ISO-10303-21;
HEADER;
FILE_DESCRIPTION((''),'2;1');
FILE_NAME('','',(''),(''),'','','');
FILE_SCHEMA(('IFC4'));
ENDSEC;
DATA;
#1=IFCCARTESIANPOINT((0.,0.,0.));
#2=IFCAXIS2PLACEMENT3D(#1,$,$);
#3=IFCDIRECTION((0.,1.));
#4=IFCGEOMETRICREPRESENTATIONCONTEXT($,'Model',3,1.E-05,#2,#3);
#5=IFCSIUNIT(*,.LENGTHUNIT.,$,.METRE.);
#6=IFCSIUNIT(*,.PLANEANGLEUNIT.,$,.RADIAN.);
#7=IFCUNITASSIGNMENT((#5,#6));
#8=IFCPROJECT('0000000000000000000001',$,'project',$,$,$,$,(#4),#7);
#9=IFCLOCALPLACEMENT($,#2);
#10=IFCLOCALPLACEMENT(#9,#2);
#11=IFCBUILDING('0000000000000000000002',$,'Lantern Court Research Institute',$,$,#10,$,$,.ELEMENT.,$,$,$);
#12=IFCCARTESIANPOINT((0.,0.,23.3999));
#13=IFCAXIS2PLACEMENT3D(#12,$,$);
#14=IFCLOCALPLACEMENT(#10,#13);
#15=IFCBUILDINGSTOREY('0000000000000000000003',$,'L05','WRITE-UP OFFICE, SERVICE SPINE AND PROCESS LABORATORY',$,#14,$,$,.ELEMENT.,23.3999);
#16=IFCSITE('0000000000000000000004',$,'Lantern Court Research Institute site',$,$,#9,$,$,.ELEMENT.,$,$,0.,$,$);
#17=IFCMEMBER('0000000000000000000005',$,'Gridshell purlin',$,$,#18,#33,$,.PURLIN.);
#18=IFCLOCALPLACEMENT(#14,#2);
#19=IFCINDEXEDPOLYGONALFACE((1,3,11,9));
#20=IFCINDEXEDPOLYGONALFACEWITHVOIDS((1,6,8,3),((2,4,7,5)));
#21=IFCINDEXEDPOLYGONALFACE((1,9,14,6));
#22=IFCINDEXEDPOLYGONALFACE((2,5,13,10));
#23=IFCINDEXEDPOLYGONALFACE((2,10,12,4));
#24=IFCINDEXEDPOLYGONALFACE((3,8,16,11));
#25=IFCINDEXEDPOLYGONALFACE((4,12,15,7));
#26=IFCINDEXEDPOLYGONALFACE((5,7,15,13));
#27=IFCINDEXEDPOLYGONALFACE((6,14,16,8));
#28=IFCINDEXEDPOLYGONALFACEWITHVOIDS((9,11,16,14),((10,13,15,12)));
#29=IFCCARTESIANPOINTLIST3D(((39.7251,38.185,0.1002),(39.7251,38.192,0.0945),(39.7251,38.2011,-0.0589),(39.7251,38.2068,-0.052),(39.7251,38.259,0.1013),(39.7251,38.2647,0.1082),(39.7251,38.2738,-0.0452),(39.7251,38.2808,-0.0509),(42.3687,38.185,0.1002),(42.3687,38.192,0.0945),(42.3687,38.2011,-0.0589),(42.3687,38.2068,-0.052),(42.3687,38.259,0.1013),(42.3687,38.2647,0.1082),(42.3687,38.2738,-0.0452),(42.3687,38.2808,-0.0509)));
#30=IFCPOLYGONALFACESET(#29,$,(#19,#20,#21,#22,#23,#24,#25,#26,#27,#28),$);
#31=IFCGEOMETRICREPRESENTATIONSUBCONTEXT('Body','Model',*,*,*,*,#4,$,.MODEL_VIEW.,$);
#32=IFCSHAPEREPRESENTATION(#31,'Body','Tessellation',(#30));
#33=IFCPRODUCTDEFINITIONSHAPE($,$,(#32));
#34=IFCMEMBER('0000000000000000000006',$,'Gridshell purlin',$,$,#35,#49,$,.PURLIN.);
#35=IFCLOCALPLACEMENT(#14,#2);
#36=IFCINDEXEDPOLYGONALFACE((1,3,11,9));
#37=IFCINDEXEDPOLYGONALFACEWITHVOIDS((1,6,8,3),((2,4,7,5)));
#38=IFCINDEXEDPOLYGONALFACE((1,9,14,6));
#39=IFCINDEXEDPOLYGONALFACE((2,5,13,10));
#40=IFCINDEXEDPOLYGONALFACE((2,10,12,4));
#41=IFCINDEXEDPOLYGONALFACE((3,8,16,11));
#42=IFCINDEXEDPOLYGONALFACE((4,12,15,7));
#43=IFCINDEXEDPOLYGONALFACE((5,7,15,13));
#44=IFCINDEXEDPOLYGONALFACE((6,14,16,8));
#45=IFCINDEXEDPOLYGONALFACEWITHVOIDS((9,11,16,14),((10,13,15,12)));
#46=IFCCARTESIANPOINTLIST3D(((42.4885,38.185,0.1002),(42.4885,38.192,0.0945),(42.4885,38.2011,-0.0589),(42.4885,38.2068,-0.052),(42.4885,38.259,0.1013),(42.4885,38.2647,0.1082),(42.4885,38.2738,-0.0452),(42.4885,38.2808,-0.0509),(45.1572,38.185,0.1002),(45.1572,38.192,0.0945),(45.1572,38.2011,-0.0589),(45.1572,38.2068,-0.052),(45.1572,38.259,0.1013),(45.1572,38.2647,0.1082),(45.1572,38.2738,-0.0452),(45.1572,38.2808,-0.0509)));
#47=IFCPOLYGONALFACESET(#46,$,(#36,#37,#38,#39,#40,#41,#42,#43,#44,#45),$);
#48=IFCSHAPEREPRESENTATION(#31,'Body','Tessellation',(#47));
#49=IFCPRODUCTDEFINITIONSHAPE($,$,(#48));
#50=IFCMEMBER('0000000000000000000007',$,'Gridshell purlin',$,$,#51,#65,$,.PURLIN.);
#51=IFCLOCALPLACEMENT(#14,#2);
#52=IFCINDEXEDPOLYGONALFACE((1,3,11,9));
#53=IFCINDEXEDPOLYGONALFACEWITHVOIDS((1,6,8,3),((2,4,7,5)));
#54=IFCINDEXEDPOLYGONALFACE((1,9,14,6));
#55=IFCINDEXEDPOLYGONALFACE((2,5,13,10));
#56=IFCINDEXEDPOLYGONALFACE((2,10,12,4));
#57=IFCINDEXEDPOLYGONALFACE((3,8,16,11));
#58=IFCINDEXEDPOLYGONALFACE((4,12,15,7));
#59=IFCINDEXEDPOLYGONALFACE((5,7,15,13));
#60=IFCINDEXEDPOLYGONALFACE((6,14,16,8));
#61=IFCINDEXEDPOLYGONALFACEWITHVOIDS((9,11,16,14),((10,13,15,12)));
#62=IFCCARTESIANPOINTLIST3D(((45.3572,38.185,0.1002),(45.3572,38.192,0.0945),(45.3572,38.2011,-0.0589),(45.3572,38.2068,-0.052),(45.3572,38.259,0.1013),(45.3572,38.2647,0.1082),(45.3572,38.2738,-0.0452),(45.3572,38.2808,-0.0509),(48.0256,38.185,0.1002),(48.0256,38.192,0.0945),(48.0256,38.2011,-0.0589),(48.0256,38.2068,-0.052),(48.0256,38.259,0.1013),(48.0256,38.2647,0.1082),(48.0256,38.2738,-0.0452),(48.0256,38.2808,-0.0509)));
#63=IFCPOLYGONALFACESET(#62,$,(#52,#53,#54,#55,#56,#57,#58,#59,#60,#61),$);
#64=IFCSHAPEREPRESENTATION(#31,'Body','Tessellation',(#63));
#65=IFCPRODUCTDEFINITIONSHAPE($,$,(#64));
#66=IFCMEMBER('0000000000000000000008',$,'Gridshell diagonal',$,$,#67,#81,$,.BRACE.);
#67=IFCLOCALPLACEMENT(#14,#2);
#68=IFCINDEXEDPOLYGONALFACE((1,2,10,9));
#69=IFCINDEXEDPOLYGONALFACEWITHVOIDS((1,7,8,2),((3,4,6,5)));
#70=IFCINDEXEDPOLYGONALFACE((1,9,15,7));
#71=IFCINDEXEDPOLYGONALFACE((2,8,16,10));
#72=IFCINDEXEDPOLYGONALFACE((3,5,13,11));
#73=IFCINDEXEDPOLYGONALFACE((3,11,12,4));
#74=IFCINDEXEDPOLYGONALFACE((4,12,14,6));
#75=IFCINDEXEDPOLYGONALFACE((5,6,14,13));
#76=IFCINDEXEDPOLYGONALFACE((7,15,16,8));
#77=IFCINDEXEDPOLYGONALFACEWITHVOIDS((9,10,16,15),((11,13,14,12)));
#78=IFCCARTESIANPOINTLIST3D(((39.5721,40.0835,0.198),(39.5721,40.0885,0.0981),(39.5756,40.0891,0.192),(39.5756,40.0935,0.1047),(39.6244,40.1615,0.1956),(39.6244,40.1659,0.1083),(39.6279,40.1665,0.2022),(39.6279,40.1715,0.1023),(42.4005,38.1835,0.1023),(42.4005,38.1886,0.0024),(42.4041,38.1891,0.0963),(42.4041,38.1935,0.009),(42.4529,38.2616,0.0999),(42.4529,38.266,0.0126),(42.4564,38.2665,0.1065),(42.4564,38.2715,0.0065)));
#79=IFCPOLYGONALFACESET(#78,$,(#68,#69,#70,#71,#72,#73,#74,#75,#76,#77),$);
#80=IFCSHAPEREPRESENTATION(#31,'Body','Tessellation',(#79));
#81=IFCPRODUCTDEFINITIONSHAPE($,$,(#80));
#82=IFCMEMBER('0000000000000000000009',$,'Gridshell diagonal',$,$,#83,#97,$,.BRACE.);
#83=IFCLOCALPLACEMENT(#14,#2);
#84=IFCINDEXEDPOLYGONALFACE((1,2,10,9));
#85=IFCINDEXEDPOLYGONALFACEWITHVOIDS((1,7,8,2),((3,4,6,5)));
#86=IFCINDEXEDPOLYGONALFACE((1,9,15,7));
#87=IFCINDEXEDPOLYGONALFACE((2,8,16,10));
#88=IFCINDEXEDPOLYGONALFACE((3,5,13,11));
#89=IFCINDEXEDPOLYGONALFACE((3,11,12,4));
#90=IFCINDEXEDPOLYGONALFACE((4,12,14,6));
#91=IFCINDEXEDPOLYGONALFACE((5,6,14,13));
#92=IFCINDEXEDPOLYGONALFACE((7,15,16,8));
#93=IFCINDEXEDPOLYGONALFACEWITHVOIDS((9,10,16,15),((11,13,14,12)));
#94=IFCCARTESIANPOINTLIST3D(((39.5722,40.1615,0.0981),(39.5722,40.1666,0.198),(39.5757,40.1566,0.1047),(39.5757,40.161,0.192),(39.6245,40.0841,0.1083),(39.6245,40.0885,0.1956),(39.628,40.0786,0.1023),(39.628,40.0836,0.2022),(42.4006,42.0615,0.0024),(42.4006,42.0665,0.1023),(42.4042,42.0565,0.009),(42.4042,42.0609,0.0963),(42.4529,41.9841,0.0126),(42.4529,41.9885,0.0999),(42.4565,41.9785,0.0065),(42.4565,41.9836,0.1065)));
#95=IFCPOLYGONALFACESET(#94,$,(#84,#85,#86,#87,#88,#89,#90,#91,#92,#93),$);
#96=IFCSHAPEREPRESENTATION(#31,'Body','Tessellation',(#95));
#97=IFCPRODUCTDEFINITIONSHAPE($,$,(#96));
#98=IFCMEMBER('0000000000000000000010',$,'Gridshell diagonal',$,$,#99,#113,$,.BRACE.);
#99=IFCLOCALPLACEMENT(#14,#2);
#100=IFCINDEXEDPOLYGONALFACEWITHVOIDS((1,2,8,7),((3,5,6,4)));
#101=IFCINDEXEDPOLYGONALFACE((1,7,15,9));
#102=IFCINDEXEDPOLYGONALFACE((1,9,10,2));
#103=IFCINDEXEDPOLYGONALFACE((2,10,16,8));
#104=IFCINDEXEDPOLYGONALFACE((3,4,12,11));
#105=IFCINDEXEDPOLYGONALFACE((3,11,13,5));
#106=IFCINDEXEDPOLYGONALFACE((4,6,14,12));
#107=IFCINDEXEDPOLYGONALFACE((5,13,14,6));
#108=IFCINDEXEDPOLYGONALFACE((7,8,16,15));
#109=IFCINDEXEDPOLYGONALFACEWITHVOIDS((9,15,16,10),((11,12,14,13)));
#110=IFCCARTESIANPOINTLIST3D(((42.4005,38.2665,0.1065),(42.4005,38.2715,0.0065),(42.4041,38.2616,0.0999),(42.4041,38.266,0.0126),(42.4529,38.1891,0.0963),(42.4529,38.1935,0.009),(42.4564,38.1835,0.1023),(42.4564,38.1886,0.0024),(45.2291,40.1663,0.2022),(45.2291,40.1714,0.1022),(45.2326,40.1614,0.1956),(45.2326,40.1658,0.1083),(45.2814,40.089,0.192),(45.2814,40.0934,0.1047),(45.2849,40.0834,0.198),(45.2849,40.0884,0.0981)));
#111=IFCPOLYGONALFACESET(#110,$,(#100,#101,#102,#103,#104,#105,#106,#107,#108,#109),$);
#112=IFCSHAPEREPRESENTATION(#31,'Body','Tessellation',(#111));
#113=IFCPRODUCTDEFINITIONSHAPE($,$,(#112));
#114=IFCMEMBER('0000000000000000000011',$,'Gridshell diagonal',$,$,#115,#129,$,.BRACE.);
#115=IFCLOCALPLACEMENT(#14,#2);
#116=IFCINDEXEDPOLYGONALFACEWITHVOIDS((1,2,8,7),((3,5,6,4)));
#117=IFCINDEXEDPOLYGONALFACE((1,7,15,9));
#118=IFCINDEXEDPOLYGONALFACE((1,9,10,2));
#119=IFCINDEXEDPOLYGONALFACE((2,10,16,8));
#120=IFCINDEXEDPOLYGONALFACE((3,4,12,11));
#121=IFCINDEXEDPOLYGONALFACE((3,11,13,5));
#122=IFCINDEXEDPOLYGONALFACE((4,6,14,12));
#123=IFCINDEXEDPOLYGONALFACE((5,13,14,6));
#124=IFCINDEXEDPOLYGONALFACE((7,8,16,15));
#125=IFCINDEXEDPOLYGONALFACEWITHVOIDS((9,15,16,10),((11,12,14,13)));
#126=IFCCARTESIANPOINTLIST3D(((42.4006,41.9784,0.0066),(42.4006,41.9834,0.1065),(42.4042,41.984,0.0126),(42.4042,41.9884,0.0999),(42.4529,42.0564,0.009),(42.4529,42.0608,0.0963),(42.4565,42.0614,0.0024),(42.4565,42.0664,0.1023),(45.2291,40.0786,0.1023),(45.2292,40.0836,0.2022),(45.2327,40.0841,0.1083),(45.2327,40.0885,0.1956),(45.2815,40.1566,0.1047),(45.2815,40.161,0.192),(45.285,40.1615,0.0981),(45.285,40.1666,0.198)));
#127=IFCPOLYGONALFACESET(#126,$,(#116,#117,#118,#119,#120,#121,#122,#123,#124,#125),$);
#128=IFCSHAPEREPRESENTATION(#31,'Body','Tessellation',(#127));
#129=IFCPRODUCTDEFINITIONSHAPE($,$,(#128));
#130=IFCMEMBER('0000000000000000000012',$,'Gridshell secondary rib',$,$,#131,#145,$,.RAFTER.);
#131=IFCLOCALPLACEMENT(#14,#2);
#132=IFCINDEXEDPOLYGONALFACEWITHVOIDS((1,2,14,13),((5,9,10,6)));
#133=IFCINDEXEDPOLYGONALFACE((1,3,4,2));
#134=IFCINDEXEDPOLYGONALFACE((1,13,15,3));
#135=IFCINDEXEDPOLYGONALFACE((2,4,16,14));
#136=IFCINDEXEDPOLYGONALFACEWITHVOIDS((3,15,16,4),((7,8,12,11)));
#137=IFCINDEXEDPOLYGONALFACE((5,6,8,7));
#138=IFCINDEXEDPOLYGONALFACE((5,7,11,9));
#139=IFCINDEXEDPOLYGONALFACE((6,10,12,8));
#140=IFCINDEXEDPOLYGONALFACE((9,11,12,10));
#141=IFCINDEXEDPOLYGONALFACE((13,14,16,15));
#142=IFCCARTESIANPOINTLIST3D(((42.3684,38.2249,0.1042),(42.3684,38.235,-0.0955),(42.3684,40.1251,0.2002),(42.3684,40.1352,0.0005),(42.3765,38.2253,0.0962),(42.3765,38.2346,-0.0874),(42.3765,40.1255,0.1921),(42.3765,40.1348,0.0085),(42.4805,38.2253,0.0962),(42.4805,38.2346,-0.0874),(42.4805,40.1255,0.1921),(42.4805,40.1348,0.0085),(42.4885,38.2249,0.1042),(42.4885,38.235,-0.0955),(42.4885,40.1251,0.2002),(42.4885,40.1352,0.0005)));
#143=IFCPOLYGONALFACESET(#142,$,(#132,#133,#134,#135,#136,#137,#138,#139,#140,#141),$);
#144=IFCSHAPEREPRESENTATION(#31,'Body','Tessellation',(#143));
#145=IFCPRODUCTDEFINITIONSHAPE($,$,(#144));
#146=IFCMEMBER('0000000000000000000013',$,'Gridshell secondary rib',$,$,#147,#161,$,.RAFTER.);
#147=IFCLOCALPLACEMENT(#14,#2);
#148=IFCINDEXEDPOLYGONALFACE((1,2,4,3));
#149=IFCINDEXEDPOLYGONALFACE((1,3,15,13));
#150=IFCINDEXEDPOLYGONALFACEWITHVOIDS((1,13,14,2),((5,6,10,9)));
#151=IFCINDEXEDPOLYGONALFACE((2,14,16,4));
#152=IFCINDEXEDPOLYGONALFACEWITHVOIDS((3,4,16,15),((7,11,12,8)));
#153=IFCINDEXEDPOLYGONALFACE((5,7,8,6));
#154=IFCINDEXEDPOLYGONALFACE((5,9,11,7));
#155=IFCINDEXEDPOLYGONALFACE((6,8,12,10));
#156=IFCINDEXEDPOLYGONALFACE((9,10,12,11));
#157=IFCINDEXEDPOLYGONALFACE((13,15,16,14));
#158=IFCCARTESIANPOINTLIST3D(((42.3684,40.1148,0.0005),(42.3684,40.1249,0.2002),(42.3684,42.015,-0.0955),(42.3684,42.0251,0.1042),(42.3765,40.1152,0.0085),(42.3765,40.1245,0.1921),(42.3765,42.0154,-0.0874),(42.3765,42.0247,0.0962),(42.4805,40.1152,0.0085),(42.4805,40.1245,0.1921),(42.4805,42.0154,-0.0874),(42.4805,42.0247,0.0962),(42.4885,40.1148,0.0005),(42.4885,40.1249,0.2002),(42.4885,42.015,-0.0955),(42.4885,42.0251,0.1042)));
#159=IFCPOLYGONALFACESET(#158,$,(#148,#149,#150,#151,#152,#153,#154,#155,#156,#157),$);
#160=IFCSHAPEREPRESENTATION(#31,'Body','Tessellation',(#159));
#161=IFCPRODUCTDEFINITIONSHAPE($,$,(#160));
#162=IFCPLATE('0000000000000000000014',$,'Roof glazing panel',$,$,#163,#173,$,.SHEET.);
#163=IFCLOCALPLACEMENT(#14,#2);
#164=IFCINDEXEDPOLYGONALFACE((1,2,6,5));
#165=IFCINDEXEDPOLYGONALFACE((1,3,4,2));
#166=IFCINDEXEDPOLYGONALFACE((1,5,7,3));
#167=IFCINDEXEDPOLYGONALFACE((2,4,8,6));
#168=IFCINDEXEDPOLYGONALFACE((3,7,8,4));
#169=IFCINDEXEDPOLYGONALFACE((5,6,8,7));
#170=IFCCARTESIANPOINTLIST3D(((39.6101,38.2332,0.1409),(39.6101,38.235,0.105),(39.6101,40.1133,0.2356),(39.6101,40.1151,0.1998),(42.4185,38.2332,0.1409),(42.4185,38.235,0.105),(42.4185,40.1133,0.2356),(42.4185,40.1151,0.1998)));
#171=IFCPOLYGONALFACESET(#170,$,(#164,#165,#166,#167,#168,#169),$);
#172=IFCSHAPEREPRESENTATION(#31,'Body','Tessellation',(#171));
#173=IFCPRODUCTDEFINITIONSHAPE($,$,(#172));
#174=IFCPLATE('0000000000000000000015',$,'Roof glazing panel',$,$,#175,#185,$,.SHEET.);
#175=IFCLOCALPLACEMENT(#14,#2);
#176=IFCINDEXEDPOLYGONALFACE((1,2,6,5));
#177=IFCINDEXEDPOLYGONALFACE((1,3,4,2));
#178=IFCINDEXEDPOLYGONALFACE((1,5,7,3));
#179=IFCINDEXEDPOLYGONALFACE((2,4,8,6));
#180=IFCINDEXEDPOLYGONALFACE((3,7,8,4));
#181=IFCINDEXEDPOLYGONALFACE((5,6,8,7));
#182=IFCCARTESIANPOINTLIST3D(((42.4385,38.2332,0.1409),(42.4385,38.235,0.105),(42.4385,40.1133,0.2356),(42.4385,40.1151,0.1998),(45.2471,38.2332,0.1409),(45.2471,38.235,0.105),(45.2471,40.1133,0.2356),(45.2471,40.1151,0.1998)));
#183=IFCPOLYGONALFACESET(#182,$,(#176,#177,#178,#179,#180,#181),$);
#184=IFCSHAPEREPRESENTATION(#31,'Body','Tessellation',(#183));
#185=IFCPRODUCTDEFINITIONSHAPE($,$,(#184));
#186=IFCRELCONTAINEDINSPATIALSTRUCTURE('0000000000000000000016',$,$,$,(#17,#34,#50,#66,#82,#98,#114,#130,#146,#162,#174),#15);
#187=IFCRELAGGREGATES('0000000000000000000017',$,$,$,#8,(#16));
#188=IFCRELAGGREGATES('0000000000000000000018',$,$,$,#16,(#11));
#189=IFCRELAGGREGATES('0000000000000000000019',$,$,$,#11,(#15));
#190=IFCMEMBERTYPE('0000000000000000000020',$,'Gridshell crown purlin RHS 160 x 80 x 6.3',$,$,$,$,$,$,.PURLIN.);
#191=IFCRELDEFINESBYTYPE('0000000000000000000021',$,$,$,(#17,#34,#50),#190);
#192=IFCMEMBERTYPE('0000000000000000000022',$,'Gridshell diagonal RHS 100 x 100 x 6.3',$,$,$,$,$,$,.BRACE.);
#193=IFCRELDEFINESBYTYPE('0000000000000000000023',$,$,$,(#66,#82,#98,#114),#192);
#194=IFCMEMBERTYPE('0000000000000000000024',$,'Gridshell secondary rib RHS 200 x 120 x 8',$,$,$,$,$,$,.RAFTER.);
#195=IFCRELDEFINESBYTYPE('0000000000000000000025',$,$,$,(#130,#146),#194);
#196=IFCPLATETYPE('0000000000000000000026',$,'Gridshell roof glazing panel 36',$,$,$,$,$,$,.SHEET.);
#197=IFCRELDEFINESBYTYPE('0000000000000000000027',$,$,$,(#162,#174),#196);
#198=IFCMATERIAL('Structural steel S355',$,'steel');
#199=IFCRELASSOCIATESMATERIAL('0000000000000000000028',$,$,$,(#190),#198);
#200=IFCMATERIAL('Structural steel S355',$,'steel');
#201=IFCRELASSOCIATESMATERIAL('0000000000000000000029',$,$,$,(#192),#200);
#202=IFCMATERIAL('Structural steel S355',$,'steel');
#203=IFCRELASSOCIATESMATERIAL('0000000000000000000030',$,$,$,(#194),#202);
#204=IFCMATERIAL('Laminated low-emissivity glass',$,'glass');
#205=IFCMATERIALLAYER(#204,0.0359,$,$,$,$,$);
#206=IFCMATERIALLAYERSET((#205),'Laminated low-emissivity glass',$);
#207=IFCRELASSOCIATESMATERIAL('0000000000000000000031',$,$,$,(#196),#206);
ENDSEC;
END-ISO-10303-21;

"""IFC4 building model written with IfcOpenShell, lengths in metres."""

from ifc_helpers import new_model, si_unit, direction, frame, origin, origin_2d, place, context, subcontext, project, spatial, polyline, hollow_rectangle, outline, extrude, material, layer, layer_set, material_profile, profile_set, type_object, element, save


model = new_model("IFC4")

# Units and contexts
model_context = context("Model", 3, precision=1e-05, world=origin(), true_north=direction((0.0, 1.0)))
body_context = subcontext(model_context, "Body", "Model", "MODEL_VIEW")
ifc_project = project(units=[si_unit("LENGTHUNIT", "METRE"), si_unit("PLANEANGLEUNIT", "RADIAN")], contexts=[model_context])

# Site, building, storey
site_placement = place(None, origin())
site = spatial("IfcSite", under=ifc_project, at=site_placement, Name="Lantern Court Research Institute site", CompositionType="ELEMENT", RefElevation=0.0)
building_placement = place(site_placement, origin())
building = spatial("IfcBuilding", under=site, at=building_placement, Name="Lantern Court Research Institute", CompositionType="ELEMENT")
storey_placement = place(building_placement, frame((0.0, 0.0, 23.3999)))
storey = spatial("IfcBuildingStorey", under=building, at=storey_placement, Name="L05", Description="WRITE-UP OFFICE, SERVICE SPINE AND PROCESS LABORATORY", CompositionType="ELEMENT", Elevation=23.3999)

# Members
ifc_material_1 = material(Name="Structural steel S355", Category="steel")
ifc_material_profile_1 = material_profile(ifc_material_1, hollow_rectangle(XDim=0.0801, YDim=0.1599, WallThickness=0.0063, at=origin_2d()), Name="Gridshell crown purlin RHS 160 x 80 x 6.3")
ifc_profile_set_1 = profile_set([ifc_material_profile_1], Name="Structural steel S355")
member_type_1 = type_object("IfcMemberType", Name="Gridshell crown purlin RHS 160 x 80 x 6.3", PredefinedType="PURLIN", material=ifc_profile_set_1)
member_1_placement = place(storey_placement, frame((39.7251, 38.2329, 0.0247), z_axis=(1.0, 0.0, 0.0), x_axis=(0.0, 0.994934, 0.100531)))
element("IfcMember", 1, at=member_1_placement, inside=storey, type_object=member_type_1, Name="Gridshell purlin", PredefinedType="PURLIN", context=body_context, shape_type="SweptSolid", body=[
    extrude(hollow_rectangle(XDim=0.0801, YDim=0.1599, WallThickness=0.0063, at=origin_2d()), origin(), (0.0, 0.0, 1.0), 2.6436),
])
member_2_placement = place(storey_placement, frame((42.4885, 38.2329, 0.0247), z_axis=(1.0, 0.0, 0.0), x_axis=(0.0, 0.994934, 0.100531)))
element("IfcMember", 2, at=member_2_placement, inside=storey, type_object=member_type_1, Name="Gridshell purlin", PredefinedType="PURLIN", context=body_context, shape_type="SweptSolid", body=[
    extrude(hollow_rectangle(XDim=0.0801, YDim=0.1599, WallThickness=0.0063, at=origin_2d()), origin(), (0.0, 0.0, 1.0), 2.6687),
])
member_3_placement = place(storey_placement, frame((45.3572, 38.2329, 0.0247), z_axis=(1.0, 0.0, 0.0), x_axis=(0.0, 0.994934, 0.100531)))
element("IfcMember", 3, at=member_3_placement, inside=storey, type_object=member_type_1, Name="Gridshell purlin", PredefinedType="PURLIN", context=body_context, shape_type="SweptSolid", body=[
    extrude(hollow_rectangle(XDim=0.0801, YDim=0.1599, WallThickness=0.0063, at=origin_2d()), origin(), (0.0, 0.0, 1.0), 2.6685),
])
ifc_material_2 = material(Name="Structural steel S355", Category="steel")
ifc_material_profile_2 = material_profile(ifc_material_2, hollow_rectangle(XDim=0.1001, YDim=0.1001, WallThickness=0.0063, at=origin_2d()), Name="Gridshell diagonal RHS 100 x 100 x 6.3")
ifc_profile_set_2 = profile_set([ifc_material_profile_2], Name="Structural steel S355")
member_type_2 = type_object("IfcMemberType", Name="Gridshell diagonal RHS 100 x 100 x 6.3", PredefinedType="BRACE", material=ifc_profile_set_2)
for number, where, z_axis, x_axis, name in (
    (4, (42.4285, 38.2275, 0.0544), (-0.829778, 0.557387, 0.028077), (-0.558094, -0.828726, -0.041762), "Gridshell diagonal"),
    (5, (39.6001, 40.1226, 0.1501), (0.829778, 0.557387, -0.028077), (-0.558094, 0.828726, -0.041762), "Gridshell diagonal"),
    (6, (42.4285, 38.2275, 0.0544), (0.8298, 0.557354, 0.028075), (-0.558061, 0.828749, 0.041762), "Gridshell diagonal"),
    (7, (45.2571, 40.1226, 0.1501), (-0.8298, 0.557354, -0.028075), (-0.558061, -0.828749, 0.041762), "Gridshell diagonal"),
):
    element("IfcMember", number, at=place(storey_placement, frame(where, z_axis=z_axis, x_axis=x_axis)), inside=storey, type_object=member_type_2, Name=name, PredefinedType="BRACE", context=body_context, shape_type="SweptSolid", body=[
        extrude(hollow_rectangle(XDim=0.1001, YDim=0.1001, WallThickness=0.0063, at=origin_2d()), origin(), (0.0, 0.0, 1.0), 3.4087),
    ])
ifc_material_3 = material(Name="Structural steel S355", Category="steel")
ifc_material_profile_3 = material_profile(ifc_material_3, hollow_rectangle(XDim=0.1201, YDim=0.2, WallThickness=0.0081, at=origin_2d()), Name="Gridshell secondary rib RHS 200 x 120 x 8")
ifc_profile_set_3 = profile_set([ifc_material_profile_3], Name="Structural steel S355")
member_type_3 = type_object("IfcMemberType", Name="Gridshell secondary rib RHS 200 x 120 x 8", PredefinedType="RAFTER", material=ifc_profile_set_3)
for number, where, z_axis, x_axis, name in (
    (8, (42.4285, 38.23, 0.0044), (0.0, 0.998728, 0.05043), (-1.0, 0.0, 0.0), "Gridshell secondary rib"),
    (9, (42.4285, 40.1199, 0.1003), (0.0, 0.998728, -0.05043), (-1.0, 0.0, 0.0), "Gridshell secondary rib"),
):
    element("IfcMember", number, at=place(storey_placement, frame(where, z_axis=z_axis, x_axis=x_axis)), inside=storey, type_object=member_type_3, Name=name, PredefinedType="RAFTER", context=body_context, shape_type="SweptSolid", body=[
        extrude(hollow_rectangle(XDim=0.1201, YDim=0.2, WallThickness=0.0081, at=origin_2d()), origin(), (0.0, 0.0, 1.0), 1.9026),
    ])

# Plates
ifc_material_4 = material(Name="Laminated low-emissivity glass", Category="glass")
ifc_layer_1 = layer(ifc_material_4, 0.0359)
ifc_layer_set_1 = layer_set([ifc_layer_1], Name="Laminated low-emissivity glass")
plate_type = type_object("IfcPlateType", Name="Gridshell roof glazing panel 36", PredefinedType="SHEET", material=ifc_layer_set_1)
plate_1_placement = place(storey_placement, frame((42.4185, 38.2332, 0.1409), z_axis=(0.0, -0.050319, 0.998733), x_axis=(-1.0, 0.0, 0.0)))
element("IfcPlate", 10, at=plate_1_placement, inside=storey, type_object=plate_type, Name="Roof glazing panel", PredefinedType="SHEET", context=body_context, shape_type="SweptSolid", body=[
    extrude(outline(polyline([(0.0, 0.0), (2.8083, 0.0), (2.8083, -1.8825), (0.0, -1.8825), (0.0, 0.0)])), origin(), (0.0, 0.0, -1.0), 0.0359),
])
plate_2_placement = place(storey_placement, frame((45.2471, 38.2332, 0.1409), z_axis=(0.0, -0.050319, 0.998733), x_axis=(-1.0, 0.0, 0.0)))
element("IfcPlate", 11, at=plate_2_placement, inside=storey, type_object=plate_type, Name="Roof glazing panel", PredefinedType="SHEET", context=body_context, shape_type="SweptSolid", body=[
    extrude(outline(polyline([(0.0, 0.0), (2.8086, 0.0), (2.8086, -1.8825), (0.0, -1.8825), (0.0, 0.0)])), origin(), (0.0, 0.0, -1.0), 0.0359),
])

save(model, "model.ifc")
